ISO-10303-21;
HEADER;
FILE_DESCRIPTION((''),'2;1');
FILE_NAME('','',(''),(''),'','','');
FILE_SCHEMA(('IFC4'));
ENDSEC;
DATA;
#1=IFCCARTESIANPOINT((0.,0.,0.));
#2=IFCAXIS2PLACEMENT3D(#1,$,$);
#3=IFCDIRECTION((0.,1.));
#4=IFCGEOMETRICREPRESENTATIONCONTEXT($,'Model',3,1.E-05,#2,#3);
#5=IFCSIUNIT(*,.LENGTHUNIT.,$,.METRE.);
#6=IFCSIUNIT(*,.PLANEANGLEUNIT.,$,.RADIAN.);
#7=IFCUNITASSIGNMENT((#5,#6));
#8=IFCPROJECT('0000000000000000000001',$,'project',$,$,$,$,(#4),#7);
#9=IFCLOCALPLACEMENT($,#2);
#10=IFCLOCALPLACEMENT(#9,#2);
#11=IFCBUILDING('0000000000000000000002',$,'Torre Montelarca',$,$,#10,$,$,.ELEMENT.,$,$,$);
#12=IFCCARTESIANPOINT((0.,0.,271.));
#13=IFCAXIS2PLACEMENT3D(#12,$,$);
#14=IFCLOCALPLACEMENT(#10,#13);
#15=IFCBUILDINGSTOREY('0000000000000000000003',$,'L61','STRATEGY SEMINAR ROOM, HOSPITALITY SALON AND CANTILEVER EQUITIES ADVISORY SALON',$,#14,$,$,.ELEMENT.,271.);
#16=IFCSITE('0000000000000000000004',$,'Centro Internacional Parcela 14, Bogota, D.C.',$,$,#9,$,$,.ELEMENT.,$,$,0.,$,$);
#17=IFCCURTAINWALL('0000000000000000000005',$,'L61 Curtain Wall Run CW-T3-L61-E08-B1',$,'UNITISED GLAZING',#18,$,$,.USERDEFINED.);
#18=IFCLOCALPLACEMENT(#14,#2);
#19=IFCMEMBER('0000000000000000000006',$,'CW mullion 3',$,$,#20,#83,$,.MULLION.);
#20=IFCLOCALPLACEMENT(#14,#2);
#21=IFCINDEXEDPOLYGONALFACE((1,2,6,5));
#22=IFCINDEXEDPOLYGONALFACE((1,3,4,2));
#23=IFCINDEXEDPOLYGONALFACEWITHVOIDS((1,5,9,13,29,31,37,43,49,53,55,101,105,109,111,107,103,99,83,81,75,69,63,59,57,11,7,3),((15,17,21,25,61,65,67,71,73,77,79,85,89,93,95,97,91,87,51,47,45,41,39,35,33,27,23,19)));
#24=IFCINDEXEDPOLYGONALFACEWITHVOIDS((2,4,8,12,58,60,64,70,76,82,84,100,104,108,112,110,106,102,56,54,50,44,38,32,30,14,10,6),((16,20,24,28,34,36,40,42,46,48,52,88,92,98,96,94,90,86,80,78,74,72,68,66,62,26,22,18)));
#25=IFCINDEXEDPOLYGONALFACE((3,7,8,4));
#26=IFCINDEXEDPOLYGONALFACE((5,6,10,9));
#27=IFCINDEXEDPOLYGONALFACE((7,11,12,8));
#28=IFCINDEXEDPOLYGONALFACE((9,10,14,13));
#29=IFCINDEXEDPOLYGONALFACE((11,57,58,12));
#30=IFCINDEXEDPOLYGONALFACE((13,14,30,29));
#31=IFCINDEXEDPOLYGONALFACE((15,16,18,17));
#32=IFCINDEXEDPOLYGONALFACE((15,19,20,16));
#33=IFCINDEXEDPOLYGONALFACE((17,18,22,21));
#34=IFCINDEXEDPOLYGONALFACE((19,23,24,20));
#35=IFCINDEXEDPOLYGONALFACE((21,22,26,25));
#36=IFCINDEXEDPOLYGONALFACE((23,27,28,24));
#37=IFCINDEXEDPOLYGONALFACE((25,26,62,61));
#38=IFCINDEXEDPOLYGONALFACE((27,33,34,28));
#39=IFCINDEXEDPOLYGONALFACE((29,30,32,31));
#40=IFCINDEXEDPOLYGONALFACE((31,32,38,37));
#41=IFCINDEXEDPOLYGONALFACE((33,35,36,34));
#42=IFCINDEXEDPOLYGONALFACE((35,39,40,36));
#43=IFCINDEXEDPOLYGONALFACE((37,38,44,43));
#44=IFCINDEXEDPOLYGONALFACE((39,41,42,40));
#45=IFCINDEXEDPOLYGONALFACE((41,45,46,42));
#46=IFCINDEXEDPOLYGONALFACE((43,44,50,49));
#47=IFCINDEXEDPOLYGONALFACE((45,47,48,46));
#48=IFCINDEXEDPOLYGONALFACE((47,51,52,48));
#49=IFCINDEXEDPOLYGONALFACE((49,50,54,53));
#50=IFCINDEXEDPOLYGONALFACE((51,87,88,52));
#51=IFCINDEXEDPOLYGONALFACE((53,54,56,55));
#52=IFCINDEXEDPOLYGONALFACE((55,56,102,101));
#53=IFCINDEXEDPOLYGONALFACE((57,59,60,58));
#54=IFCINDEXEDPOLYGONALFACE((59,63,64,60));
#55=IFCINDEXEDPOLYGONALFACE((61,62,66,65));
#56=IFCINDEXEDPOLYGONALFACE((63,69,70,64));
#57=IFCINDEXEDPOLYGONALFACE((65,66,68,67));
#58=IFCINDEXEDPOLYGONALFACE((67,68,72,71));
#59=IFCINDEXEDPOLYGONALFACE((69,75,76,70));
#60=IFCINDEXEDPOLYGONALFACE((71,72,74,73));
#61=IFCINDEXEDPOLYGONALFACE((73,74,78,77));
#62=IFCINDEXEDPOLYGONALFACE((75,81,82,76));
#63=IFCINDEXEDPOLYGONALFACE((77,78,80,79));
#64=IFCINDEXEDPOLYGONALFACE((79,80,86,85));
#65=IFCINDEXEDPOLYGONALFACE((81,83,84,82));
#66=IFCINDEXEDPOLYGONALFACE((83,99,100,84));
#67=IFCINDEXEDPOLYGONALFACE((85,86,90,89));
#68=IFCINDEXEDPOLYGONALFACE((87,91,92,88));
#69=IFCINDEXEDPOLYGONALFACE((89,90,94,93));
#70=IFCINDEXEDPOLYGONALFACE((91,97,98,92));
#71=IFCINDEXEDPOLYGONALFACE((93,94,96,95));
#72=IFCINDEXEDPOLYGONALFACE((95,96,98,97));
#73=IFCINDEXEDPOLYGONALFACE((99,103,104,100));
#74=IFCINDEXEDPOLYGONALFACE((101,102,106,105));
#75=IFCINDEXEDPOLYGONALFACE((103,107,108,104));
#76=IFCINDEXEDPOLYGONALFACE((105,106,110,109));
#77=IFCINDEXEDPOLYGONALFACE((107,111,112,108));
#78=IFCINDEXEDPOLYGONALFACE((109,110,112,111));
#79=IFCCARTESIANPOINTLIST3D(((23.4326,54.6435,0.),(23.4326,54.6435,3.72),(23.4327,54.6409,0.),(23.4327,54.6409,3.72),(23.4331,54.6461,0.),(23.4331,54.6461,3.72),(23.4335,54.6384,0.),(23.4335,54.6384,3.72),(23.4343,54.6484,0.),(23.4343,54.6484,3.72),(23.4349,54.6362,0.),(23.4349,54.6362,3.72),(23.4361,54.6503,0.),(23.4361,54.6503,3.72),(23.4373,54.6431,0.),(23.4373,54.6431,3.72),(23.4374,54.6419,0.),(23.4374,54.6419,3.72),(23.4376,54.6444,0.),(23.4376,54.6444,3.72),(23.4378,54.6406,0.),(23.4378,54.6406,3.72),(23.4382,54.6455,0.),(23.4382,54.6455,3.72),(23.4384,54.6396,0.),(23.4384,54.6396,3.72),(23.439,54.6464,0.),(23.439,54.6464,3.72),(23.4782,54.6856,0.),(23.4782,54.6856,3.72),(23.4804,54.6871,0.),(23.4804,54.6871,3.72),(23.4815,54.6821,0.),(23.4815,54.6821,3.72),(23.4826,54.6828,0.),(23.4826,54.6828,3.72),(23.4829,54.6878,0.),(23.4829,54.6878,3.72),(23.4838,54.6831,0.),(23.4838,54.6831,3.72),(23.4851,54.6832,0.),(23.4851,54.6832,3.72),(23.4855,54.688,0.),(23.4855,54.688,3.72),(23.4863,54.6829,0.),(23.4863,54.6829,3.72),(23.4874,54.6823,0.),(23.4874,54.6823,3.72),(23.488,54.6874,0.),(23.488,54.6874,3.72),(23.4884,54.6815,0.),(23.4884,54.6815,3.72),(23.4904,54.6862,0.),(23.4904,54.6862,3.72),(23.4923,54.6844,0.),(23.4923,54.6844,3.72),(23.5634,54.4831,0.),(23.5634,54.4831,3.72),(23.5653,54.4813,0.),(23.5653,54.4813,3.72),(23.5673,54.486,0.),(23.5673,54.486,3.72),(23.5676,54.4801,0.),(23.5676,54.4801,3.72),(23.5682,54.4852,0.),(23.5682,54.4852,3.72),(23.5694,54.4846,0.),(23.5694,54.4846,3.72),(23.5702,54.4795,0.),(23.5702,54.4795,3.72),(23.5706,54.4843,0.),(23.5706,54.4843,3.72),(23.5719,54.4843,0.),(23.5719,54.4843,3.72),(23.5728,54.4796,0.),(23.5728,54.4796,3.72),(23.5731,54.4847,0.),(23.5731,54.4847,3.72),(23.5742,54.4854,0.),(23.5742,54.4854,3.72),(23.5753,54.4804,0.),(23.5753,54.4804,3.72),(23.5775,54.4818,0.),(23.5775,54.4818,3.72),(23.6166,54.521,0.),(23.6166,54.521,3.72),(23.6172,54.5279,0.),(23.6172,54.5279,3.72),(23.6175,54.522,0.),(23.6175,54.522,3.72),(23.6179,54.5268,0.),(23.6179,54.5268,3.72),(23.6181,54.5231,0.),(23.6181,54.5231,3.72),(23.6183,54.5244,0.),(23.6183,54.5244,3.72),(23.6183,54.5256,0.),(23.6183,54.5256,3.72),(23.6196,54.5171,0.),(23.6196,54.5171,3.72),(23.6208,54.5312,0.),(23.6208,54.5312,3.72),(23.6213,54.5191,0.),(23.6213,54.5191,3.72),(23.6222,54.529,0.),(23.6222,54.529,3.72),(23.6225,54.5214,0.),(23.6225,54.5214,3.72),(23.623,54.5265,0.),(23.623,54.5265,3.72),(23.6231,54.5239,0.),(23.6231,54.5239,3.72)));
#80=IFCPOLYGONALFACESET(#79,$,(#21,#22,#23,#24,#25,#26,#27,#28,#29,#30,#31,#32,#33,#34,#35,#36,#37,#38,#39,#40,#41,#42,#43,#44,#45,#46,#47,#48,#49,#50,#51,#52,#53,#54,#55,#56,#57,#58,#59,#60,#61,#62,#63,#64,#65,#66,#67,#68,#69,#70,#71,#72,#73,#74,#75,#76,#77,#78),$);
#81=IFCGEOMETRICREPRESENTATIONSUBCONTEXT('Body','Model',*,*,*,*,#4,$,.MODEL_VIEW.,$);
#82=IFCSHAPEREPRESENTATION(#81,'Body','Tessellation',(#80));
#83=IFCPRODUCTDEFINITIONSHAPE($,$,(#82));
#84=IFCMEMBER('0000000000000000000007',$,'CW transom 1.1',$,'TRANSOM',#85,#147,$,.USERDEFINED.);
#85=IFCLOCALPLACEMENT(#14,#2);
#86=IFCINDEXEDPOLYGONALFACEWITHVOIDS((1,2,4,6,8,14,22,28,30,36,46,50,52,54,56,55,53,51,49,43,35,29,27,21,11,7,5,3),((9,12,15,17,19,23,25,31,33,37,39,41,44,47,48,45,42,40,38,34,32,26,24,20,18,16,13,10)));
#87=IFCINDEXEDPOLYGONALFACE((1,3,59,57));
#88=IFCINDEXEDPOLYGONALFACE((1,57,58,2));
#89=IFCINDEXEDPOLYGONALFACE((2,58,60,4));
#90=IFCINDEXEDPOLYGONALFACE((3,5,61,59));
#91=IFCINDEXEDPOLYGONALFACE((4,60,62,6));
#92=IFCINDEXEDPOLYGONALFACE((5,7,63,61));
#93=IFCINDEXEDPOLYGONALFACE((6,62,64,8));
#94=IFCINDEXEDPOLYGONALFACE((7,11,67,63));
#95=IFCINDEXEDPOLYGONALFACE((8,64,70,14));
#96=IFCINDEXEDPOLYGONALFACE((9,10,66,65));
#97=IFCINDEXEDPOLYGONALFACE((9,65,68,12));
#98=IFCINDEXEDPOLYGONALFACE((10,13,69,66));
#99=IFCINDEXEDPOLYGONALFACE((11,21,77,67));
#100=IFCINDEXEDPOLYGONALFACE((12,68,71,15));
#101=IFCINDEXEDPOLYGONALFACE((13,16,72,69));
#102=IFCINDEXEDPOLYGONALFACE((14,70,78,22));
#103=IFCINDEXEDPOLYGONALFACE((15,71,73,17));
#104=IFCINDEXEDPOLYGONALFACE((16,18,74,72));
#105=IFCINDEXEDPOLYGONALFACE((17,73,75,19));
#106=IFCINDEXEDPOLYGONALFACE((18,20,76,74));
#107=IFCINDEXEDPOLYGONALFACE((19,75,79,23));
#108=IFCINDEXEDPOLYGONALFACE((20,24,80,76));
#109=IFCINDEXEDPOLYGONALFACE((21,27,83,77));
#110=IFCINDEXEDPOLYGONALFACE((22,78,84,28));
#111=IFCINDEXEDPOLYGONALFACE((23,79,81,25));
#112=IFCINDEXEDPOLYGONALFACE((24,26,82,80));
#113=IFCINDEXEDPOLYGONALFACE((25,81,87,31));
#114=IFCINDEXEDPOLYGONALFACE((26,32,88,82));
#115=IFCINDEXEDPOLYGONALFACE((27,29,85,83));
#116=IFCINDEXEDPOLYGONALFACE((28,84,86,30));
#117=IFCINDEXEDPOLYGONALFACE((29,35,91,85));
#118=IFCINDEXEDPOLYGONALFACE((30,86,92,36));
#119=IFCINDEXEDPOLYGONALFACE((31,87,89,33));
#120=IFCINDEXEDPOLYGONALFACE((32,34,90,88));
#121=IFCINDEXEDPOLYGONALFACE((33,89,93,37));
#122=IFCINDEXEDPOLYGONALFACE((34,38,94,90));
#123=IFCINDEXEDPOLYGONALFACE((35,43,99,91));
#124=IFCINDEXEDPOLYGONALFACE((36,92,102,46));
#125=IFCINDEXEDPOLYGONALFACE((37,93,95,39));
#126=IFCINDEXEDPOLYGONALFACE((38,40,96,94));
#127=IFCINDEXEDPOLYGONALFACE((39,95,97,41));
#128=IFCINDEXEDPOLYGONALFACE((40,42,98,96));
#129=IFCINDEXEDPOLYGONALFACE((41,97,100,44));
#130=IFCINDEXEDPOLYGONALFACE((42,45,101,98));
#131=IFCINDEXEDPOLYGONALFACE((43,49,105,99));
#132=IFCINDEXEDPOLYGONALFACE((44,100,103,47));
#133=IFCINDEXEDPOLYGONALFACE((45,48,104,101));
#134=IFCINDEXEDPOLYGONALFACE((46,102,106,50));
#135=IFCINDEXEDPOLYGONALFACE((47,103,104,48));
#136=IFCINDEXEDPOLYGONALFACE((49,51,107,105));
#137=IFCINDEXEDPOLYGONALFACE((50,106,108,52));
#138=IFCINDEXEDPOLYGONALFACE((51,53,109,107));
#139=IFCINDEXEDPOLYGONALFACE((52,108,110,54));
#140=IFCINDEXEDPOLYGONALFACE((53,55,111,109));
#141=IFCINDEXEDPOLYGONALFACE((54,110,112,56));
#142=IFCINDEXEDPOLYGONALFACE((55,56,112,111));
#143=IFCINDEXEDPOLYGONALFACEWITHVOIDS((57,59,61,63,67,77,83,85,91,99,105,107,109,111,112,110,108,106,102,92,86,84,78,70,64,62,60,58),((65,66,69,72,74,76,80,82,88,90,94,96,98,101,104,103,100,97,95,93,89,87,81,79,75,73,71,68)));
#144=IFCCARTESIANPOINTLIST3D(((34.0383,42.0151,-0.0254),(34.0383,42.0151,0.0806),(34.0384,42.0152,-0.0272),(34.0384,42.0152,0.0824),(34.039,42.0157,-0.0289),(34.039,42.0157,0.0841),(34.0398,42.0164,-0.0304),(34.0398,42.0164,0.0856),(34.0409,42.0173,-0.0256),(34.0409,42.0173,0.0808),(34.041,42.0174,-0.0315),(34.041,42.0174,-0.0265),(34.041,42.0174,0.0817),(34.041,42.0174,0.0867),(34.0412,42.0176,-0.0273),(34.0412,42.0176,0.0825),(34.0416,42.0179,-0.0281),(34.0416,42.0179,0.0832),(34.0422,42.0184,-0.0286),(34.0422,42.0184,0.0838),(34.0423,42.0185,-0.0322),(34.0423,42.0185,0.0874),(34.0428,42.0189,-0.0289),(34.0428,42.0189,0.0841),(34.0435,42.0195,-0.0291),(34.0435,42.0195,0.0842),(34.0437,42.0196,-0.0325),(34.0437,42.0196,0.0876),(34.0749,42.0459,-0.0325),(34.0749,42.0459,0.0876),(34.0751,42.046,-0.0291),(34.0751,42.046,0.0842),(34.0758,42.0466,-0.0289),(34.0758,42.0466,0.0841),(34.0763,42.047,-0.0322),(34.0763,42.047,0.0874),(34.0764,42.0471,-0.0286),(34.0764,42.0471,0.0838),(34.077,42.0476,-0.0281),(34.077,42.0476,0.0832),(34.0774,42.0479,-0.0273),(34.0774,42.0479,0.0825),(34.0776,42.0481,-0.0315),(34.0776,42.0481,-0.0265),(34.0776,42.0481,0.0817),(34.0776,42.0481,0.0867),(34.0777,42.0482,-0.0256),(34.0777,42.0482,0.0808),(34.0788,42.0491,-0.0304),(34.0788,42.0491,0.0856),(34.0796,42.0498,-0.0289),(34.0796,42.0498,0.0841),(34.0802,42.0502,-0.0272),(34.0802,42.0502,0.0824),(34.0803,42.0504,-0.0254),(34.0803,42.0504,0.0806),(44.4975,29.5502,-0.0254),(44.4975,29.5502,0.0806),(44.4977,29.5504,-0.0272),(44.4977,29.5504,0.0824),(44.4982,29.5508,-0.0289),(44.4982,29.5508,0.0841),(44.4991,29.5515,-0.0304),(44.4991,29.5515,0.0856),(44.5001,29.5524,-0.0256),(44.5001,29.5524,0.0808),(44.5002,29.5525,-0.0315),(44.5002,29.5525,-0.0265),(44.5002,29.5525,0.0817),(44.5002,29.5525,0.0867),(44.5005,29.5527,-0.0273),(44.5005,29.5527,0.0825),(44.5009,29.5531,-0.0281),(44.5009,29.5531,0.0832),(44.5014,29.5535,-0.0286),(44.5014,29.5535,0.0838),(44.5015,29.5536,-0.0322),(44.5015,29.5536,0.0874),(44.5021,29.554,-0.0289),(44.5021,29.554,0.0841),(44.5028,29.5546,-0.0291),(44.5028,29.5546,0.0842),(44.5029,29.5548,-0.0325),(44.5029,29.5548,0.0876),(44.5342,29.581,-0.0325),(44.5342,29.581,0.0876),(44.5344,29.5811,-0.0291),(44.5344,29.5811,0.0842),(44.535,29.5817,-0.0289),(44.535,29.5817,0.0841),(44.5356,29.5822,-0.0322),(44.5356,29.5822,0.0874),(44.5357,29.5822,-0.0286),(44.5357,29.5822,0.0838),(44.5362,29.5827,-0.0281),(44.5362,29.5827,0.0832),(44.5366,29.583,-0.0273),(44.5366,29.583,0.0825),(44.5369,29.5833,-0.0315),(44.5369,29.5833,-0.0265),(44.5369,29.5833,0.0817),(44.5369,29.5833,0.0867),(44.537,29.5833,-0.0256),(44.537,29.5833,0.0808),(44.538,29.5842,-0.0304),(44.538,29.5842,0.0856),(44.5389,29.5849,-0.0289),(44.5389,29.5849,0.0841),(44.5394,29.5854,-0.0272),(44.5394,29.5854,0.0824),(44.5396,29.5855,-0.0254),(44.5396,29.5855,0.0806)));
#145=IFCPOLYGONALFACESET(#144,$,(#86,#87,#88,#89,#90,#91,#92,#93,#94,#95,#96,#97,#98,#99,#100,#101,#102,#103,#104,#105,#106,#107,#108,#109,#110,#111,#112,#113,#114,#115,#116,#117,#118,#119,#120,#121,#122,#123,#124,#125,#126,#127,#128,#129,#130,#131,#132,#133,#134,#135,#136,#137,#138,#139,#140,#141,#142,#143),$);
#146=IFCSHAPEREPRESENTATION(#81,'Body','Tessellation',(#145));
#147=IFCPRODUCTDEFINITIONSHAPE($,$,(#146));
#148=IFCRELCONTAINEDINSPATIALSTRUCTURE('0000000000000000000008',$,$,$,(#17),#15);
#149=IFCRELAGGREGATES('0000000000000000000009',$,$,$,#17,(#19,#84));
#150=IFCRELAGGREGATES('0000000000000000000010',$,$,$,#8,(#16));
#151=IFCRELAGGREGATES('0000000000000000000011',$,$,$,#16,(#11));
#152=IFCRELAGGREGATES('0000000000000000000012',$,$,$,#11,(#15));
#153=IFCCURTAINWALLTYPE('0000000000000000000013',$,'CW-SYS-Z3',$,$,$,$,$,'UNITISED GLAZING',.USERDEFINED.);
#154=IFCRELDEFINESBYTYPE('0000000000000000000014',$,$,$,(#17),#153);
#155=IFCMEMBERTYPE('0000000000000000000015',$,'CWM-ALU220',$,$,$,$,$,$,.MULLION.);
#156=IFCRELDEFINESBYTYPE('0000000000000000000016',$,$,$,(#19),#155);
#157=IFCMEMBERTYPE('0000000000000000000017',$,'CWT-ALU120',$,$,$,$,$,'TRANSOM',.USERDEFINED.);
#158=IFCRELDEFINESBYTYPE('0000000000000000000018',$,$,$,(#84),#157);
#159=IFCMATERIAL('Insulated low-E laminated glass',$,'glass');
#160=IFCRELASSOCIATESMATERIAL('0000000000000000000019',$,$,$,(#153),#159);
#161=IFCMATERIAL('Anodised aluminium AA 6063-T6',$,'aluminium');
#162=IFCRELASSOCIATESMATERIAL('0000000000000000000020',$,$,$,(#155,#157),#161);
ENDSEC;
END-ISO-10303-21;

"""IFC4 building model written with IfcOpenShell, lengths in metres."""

from ifc_helpers import new_model, si_unit, direction, frame, origin, origin_2d, place, context, subcontext, project, spatial, hollow_rectangle, extrude, source, transform, mapped, material, material_profile, profile_set, type_object, element, aggregate, save


model = new_model("IFC4")

# Units and contexts
model_context = context("Model", 3, precision=1e-05, world=origin(), true_north=direction((0.0, 1.0)))
body_context = subcontext(model_context, "Body", "Model", "MODEL_VIEW")
ifc_project = project(units=[si_unit("LENGTHUNIT", "METRE"), si_unit("PLANEANGLEUNIT", "RADIAN")], contexts=[model_context])

# Site, building, storey
site_placement = place(None, origin())
site = spatial("IfcSite", under=ifc_project, at=site_placement, Name="Centro Internacional Parcela 14, Bogota, D.C.", CompositionType="ELEMENT", RefElevation=0.0)
building_placement = place(site_placement, origin())
building = spatial("IfcBuilding", under=site, at=building_placement, Name="Torre Montelarca", CompositionType="ELEMENT")
storey_placement = place(building_placement, frame((0.0, 0.0, 271.0)))
storey = spatial("IfcBuildingStorey", under=building, at=storey_placement, Name="L61", Description="STRATEGY SEMINAR ROOM, HOSPITALITY SALON AND CANTILEVER EQUITIES ADVISORY SALON", CompositionType="ELEMENT", Elevation=271.0)

# Shared definitions
ifc_material_1 = material(Name="Insulated low-E laminated glass", Category="glass")
curtain_wall_type = type_object("IfcCurtainWallType", Name="CW-SYS-Z3", ElementType="UNITISED GLAZING", PredefinedType="USERDEFINED", material=ifc_material_1)
ifc_material_2 = material(Name="Anodised aluminium AA 6063-T6", Category="aluminium")
ifc_material_profile_1 = material_profile(ifc_material_2, hollow_rectangle(XDim=0.075, YDim=0.22, WallThickness=0.0049, InnerFilletRadius=0.0049, OuterFilletRadius=0.01, at=origin_2d()), Name="ALU75X220X5", Category="aluminium")
ifc_profile_set_1 = profile_set([ifc_material_profile_1], Name="Anodised aluminium AA 6063-T6")
member_type_1 = type_object("IfcMemberType", Name="CWM-ALU220", PredefinedType="MULLION", material=ifc_profile_set_1)
shared_shape_1 = source(origin(), body_context, "Body", "SweptSolid", [
    extrude(hollow_rectangle(XDim=0.075, YDim=0.22, WallThickness=0.0049, InnerFilletRadius=0.0049, OuterFilletRadius=0.01, at=origin_2d()), origin(), (0.0, 0.0, 1.0), 3.72),
])

# Curtain wall, members
curtain_wall_1_placement = place(storey_placement, origin())
curtain_wall_1 = element("IfcCurtainWall", 1, at=curtain_wall_1_placement, inside=storey, type_object=curtain_wall_type, Name="L61 Curtain Wall Run CW-T3-L61-E08-B1", ObjectType="UNITISED GLAZING", PredefinedType="USERDEFINED")
member_1_placement = place(storey_placement, frame((23.5278, 54.5837, 0.0), z_axis=(0.0, 0.0, 1.0), x_axis=(-0.766046, -0.642786, 0.0)))
member_1 = element("IfcMember", 2, at=member_1_placement, type_object=member_type_1, Name="CW mullion 3", PredefinedType="MULLION", context=body_context, shape_type="MappedRepresentation", body=[
    mapped(shared_shape_1, transform((0.0, 0.0, 0.0), scale=1.0)),
])
ifc_material_profile_2 = material_profile(ifc_material_2, hollow_rectangle(XDim=0.0549, YDim=0.1201, WallThickness=0.0034, InnerFilletRadius=0.0034, OuterFilletRadius=0.0071, at=origin_2d()), Name="ALU55X120X3.5", Category="aluminium")
ifc_profile_set_2 = profile_set([ifc_material_profile_2], Name="Anodised aluminium AA 6063-T6")
member_type_2 = type_object("IfcMemberType", Name="CWT-ALU120", ElementType="TRANSOM", PredefinedType="USERDEFINED", material=ifc_profile_set_2)
shared_shape_2 = source(origin(), body_context, "Body", "SweptSolid", [
    extrude(hollow_rectangle(XDim=0.0549, YDim=0.1201, WallThickness=0.0034, InnerFilletRadius=0.0034, OuterFilletRadius=0.0071, at=origin_2d()), origin(), (0.0, 0.0, 1.0), 16.2717),
])
member_2_placement = place(storey_placement, frame((44.5186, 29.5679, 0.0276), z_axis=(-0.642787, 0.766045, 0.0), x_axis=(-0.766045, -0.642787, 0.0)))
member_2 = element("IfcMember", 3, at=member_2_placement, type_object=member_type_2, Name="CW transom 1.1", ObjectType="TRANSOM", PredefinedType="USERDEFINED", context=body_context, shape_type="MappedRepresentation", body=[
    mapped(shared_shape_2, transform((0.0, 0.0, 0.0), scale=1.0)),
])
aggregate(curtain_wall_1, [member_1, member_2])

save(model, "model.ifc")
